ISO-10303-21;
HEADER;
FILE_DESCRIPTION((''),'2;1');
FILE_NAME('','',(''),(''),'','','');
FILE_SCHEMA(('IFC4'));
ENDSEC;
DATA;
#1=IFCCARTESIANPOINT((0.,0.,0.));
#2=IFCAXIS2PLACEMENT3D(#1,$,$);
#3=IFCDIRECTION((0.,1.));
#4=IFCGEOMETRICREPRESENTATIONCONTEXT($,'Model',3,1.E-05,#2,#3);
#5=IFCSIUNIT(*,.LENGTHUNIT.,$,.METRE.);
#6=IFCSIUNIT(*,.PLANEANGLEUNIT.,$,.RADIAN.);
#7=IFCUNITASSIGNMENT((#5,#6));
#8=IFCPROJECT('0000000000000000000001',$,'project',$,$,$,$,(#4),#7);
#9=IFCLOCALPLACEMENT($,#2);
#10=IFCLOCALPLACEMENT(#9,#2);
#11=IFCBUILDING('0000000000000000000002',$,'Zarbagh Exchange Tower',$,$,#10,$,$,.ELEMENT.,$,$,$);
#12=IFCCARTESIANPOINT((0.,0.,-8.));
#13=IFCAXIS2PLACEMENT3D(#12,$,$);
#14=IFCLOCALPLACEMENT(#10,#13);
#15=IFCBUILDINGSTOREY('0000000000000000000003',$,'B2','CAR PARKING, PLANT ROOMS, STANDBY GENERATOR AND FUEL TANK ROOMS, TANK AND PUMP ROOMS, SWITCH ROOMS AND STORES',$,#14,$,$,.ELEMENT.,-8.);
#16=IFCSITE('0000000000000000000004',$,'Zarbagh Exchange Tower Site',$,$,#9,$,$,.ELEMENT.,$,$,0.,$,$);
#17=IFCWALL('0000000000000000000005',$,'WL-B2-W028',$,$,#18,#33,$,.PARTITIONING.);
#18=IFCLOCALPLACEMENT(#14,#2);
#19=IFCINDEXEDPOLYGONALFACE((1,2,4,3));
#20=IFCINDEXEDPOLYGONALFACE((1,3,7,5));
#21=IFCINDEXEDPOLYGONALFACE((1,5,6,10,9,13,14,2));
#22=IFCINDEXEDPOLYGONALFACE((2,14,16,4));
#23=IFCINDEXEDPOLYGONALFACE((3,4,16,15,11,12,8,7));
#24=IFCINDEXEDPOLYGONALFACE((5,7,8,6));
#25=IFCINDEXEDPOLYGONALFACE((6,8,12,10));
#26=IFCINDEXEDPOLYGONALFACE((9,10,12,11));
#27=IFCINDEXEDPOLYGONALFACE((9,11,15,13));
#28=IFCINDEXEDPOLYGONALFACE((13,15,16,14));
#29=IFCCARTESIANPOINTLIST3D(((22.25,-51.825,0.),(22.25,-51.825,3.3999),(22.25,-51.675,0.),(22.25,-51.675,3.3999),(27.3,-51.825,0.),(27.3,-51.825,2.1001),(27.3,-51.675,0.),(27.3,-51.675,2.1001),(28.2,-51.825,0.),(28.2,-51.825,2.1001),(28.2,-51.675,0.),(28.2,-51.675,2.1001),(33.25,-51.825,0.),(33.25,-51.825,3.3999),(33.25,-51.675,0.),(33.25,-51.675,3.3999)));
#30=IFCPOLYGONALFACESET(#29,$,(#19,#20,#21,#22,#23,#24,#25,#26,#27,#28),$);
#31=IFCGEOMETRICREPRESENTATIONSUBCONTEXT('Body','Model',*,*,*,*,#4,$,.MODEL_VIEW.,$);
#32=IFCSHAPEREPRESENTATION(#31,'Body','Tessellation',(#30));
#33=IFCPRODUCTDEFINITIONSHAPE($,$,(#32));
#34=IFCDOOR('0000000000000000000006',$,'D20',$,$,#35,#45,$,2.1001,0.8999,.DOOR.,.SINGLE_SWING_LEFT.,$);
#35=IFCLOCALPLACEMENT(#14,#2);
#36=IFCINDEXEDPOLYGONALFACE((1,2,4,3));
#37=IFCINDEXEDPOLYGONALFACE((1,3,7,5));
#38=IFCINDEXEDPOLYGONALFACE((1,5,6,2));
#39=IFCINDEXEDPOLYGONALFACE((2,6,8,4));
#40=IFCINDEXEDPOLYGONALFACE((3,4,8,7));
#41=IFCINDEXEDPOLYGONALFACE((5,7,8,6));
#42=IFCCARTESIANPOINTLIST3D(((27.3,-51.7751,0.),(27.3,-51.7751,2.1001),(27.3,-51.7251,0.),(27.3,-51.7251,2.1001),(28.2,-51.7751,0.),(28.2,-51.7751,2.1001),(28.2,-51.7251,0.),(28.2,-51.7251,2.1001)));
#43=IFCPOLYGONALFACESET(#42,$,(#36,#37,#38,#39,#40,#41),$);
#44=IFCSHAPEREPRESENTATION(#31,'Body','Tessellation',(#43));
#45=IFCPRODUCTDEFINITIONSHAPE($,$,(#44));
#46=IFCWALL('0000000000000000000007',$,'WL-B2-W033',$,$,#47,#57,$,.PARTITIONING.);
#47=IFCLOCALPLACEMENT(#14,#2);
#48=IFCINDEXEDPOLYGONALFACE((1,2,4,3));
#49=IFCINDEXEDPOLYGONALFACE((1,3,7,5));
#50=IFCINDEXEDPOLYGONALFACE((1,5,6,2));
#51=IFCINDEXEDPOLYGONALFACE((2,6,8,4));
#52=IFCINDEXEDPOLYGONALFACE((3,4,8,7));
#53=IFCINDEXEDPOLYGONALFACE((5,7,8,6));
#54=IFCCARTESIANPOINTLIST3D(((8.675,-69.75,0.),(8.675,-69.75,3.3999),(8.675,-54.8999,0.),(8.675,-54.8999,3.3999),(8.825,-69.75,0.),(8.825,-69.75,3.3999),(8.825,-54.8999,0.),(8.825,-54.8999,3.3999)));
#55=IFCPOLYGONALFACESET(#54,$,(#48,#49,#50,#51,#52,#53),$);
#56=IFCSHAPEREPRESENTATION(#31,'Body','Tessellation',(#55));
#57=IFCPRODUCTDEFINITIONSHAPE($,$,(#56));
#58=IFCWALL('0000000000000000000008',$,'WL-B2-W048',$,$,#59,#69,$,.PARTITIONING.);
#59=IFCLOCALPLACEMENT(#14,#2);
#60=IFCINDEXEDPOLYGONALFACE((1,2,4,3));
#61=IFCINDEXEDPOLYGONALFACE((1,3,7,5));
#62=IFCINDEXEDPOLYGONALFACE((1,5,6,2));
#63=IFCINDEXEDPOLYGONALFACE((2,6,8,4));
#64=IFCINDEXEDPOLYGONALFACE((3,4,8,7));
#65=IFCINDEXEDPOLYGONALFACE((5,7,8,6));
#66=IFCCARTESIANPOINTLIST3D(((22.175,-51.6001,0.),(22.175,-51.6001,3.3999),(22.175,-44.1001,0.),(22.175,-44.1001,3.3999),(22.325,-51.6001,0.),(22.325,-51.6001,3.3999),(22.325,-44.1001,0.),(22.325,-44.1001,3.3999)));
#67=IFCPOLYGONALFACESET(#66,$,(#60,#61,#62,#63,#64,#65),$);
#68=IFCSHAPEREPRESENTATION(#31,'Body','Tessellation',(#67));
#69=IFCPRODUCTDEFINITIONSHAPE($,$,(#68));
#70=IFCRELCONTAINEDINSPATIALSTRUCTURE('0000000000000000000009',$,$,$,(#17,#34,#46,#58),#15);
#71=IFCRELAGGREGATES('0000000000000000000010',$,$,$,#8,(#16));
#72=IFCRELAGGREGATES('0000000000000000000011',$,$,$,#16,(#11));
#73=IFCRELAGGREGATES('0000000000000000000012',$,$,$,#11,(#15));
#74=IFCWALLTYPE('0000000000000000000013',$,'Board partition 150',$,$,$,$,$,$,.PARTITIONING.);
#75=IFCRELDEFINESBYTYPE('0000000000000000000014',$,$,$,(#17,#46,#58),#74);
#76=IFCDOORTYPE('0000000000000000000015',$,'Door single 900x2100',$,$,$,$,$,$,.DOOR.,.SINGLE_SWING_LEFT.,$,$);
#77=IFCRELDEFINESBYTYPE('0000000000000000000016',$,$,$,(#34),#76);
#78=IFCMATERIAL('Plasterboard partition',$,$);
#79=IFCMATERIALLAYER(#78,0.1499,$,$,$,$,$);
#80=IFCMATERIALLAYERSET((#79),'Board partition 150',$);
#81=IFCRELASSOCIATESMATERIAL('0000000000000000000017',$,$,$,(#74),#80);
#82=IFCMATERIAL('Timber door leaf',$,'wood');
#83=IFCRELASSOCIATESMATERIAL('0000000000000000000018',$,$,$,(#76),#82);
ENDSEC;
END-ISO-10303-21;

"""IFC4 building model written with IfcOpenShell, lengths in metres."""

from ifc_helpers import new_model, si_unit, direction, frame, frame_2d, origin, place, context, subcontext, project, spatial, rectangle, extrude, material, layer, layer_set, type_object, element, fill, save


model = new_model("IFC4")

# Units and contexts
model_context = context("Model", 3, precision=1e-05, world=origin(), true_north=direction((0.0, 1.0)))
body_context = subcontext(model_context, "Body", "Model", "MODEL_VIEW")
ifc_project = project(units=[si_unit("LENGTHUNIT", "METRE"), si_unit("PLANEANGLEUNIT", "RADIAN")], contexts=[model_context])

# Site, building, storey
site_placement = place(None, origin())
site = spatial("IfcSite", under=ifc_project, at=site_placement, Name="Zarbagh Exchange Tower Site", CompositionType="ELEMENT", RefElevation=0.0)
building_placement = place(site_placement, origin())
building = spatial("IfcBuilding", under=site, at=building_placement, Name="Zarbagh Exchange Tower", CompositionType="ELEMENT")
storey_placement = place(building_placement, frame((0.0, 0.0, -8.0)))
storey = spatial("IfcBuildingStorey", under=building, at=storey_placement, Name="B2", Description="CAR PARKING, PLANT ROOMS, STANDBY GENERATOR AND FUEL TANK ROOMS, TANK AND PUMP ROOMS, SWITCH ROOMS AND STORES", CompositionType="ELEMENT", Elevation=-8.0)

# Wall, opening, door
ifc_material_1 = material(Name="Plasterboard partition")
ifc_layer_1 = layer(ifc_material_1, 0.1499)
ifc_layer_set_1 = layer_set([ifc_layer_1], Name="Board partition 150")
wall_type = type_object("IfcWallType", Name="Board partition 150", PredefinedType="PARTITIONING", material=ifc_layer_set_1)
ifc_material_2 = material(Name="Timber door leaf", Category="wood")
door_type = type_object("IfcDoorType", Name="Door single 900x2100", OperationType="SINGLE_SWING_LEFT", PredefinedType="DOOR", material=ifc_material_2)
wall_1_placement = place(storey_placement, frame((22.25, -51.75, 0.0), z_axis=(0.0, 0.0, 1.0), x_axis=(1.0, 0.0, 0.0)))
wall_1 = element("IfcWall", 1, at=wall_1_placement, inside=storey, type_object=wall_type, Name="WL-B2-W028", PredefinedType="PARTITIONING", context=body_context, shape_type="SweptSolid", body=[
    extrude(rectangle(XDim=11.0, YDim=0.1499, at=frame_2d((5.5, 0.0))), origin(), (0.0, 0.0, 1.0), 3.3999),
])
opening_1_placement = place(wall_1_placement, frame((5.05, 0.0, 0.0)))
opening_1 = element("IfcOpeningElement", 2, at=opening_1_placement, cuts=wall_1, PredefinedType="OPENING", context=body_context, shape_type="SweptSolid", body=[
    extrude(rectangle(XDim=0.8999, YDim=2.1001, at=frame_2d((0.45, 1.05))), frame((0.0, 0.085, 0.0), z_axis=(0.0, -1.0, 0.0), x_axis=(1.0, 0.0, 0.0)), (0.0, 0.0, 1.0), 0.1699),
])
door_1_placement = place(opening_1_placement, origin())
door_1 = element("IfcDoor", 3, at=door_1_placement, inside=storey, type_object=door_type, Name="D20", OperationType="SINGLE_SWING_LEFT", OverallHeight=2.1001, OverallWidth=0.8999, PredefinedType="DOOR", context=body_context, shape_type="SweptSolid", body=[
    extrude(rectangle(XDim=0.8999, YDim=2.1001, at=frame_2d((0.45, 1.05))), frame((0.0, 0.0249, 0.0), z_axis=(0.0, -1.0, 0.0), x_axis=(1.0, 0.0, 0.0)), (0.0, 0.0, 1.0), 0.05),
])
fill(opening_1, door_1)

# Walls
wall_2_placement = place(storey_placement, frame((8.75, -54.8999, 0.0), z_axis=(0.0, 0.0, 1.0), x_axis=(0.0, -1.0, 0.0)))
element("IfcWall", 4, at=wall_2_placement, inside=storey, type_object=wall_type, Name="WL-B2-W033", PredefinedType="PARTITIONING", context=body_context, shape_type="SweptSolid", body=[
    extrude(rectangle(XDim=14.8501, YDim=0.1499, at=frame_2d((7.425, 0.0))), origin(), (0.0, 0.0, 1.0), 3.3999),
])
wall_3_placement = place(storey_placement, frame((22.25, -44.1001, 0.0), z_axis=(0.0, 0.0, 1.0), x_axis=(0.0, -1.0, 0.0)))
element("IfcWall", 5, at=wall_3_placement, inside=storey, type_object=wall_type, Name="WL-B2-W048", PredefinedType="PARTITIONING", context=body_context, shape_type="SweptSolid", body=[
    extrude(rectangle(XDim=7.5, YDim=0.1499, at=frame_2d((3.75, 0.0))), origin(), (0.0, 0.0, 1.0), 3.3999),
])

save(model, "model.ifc")
